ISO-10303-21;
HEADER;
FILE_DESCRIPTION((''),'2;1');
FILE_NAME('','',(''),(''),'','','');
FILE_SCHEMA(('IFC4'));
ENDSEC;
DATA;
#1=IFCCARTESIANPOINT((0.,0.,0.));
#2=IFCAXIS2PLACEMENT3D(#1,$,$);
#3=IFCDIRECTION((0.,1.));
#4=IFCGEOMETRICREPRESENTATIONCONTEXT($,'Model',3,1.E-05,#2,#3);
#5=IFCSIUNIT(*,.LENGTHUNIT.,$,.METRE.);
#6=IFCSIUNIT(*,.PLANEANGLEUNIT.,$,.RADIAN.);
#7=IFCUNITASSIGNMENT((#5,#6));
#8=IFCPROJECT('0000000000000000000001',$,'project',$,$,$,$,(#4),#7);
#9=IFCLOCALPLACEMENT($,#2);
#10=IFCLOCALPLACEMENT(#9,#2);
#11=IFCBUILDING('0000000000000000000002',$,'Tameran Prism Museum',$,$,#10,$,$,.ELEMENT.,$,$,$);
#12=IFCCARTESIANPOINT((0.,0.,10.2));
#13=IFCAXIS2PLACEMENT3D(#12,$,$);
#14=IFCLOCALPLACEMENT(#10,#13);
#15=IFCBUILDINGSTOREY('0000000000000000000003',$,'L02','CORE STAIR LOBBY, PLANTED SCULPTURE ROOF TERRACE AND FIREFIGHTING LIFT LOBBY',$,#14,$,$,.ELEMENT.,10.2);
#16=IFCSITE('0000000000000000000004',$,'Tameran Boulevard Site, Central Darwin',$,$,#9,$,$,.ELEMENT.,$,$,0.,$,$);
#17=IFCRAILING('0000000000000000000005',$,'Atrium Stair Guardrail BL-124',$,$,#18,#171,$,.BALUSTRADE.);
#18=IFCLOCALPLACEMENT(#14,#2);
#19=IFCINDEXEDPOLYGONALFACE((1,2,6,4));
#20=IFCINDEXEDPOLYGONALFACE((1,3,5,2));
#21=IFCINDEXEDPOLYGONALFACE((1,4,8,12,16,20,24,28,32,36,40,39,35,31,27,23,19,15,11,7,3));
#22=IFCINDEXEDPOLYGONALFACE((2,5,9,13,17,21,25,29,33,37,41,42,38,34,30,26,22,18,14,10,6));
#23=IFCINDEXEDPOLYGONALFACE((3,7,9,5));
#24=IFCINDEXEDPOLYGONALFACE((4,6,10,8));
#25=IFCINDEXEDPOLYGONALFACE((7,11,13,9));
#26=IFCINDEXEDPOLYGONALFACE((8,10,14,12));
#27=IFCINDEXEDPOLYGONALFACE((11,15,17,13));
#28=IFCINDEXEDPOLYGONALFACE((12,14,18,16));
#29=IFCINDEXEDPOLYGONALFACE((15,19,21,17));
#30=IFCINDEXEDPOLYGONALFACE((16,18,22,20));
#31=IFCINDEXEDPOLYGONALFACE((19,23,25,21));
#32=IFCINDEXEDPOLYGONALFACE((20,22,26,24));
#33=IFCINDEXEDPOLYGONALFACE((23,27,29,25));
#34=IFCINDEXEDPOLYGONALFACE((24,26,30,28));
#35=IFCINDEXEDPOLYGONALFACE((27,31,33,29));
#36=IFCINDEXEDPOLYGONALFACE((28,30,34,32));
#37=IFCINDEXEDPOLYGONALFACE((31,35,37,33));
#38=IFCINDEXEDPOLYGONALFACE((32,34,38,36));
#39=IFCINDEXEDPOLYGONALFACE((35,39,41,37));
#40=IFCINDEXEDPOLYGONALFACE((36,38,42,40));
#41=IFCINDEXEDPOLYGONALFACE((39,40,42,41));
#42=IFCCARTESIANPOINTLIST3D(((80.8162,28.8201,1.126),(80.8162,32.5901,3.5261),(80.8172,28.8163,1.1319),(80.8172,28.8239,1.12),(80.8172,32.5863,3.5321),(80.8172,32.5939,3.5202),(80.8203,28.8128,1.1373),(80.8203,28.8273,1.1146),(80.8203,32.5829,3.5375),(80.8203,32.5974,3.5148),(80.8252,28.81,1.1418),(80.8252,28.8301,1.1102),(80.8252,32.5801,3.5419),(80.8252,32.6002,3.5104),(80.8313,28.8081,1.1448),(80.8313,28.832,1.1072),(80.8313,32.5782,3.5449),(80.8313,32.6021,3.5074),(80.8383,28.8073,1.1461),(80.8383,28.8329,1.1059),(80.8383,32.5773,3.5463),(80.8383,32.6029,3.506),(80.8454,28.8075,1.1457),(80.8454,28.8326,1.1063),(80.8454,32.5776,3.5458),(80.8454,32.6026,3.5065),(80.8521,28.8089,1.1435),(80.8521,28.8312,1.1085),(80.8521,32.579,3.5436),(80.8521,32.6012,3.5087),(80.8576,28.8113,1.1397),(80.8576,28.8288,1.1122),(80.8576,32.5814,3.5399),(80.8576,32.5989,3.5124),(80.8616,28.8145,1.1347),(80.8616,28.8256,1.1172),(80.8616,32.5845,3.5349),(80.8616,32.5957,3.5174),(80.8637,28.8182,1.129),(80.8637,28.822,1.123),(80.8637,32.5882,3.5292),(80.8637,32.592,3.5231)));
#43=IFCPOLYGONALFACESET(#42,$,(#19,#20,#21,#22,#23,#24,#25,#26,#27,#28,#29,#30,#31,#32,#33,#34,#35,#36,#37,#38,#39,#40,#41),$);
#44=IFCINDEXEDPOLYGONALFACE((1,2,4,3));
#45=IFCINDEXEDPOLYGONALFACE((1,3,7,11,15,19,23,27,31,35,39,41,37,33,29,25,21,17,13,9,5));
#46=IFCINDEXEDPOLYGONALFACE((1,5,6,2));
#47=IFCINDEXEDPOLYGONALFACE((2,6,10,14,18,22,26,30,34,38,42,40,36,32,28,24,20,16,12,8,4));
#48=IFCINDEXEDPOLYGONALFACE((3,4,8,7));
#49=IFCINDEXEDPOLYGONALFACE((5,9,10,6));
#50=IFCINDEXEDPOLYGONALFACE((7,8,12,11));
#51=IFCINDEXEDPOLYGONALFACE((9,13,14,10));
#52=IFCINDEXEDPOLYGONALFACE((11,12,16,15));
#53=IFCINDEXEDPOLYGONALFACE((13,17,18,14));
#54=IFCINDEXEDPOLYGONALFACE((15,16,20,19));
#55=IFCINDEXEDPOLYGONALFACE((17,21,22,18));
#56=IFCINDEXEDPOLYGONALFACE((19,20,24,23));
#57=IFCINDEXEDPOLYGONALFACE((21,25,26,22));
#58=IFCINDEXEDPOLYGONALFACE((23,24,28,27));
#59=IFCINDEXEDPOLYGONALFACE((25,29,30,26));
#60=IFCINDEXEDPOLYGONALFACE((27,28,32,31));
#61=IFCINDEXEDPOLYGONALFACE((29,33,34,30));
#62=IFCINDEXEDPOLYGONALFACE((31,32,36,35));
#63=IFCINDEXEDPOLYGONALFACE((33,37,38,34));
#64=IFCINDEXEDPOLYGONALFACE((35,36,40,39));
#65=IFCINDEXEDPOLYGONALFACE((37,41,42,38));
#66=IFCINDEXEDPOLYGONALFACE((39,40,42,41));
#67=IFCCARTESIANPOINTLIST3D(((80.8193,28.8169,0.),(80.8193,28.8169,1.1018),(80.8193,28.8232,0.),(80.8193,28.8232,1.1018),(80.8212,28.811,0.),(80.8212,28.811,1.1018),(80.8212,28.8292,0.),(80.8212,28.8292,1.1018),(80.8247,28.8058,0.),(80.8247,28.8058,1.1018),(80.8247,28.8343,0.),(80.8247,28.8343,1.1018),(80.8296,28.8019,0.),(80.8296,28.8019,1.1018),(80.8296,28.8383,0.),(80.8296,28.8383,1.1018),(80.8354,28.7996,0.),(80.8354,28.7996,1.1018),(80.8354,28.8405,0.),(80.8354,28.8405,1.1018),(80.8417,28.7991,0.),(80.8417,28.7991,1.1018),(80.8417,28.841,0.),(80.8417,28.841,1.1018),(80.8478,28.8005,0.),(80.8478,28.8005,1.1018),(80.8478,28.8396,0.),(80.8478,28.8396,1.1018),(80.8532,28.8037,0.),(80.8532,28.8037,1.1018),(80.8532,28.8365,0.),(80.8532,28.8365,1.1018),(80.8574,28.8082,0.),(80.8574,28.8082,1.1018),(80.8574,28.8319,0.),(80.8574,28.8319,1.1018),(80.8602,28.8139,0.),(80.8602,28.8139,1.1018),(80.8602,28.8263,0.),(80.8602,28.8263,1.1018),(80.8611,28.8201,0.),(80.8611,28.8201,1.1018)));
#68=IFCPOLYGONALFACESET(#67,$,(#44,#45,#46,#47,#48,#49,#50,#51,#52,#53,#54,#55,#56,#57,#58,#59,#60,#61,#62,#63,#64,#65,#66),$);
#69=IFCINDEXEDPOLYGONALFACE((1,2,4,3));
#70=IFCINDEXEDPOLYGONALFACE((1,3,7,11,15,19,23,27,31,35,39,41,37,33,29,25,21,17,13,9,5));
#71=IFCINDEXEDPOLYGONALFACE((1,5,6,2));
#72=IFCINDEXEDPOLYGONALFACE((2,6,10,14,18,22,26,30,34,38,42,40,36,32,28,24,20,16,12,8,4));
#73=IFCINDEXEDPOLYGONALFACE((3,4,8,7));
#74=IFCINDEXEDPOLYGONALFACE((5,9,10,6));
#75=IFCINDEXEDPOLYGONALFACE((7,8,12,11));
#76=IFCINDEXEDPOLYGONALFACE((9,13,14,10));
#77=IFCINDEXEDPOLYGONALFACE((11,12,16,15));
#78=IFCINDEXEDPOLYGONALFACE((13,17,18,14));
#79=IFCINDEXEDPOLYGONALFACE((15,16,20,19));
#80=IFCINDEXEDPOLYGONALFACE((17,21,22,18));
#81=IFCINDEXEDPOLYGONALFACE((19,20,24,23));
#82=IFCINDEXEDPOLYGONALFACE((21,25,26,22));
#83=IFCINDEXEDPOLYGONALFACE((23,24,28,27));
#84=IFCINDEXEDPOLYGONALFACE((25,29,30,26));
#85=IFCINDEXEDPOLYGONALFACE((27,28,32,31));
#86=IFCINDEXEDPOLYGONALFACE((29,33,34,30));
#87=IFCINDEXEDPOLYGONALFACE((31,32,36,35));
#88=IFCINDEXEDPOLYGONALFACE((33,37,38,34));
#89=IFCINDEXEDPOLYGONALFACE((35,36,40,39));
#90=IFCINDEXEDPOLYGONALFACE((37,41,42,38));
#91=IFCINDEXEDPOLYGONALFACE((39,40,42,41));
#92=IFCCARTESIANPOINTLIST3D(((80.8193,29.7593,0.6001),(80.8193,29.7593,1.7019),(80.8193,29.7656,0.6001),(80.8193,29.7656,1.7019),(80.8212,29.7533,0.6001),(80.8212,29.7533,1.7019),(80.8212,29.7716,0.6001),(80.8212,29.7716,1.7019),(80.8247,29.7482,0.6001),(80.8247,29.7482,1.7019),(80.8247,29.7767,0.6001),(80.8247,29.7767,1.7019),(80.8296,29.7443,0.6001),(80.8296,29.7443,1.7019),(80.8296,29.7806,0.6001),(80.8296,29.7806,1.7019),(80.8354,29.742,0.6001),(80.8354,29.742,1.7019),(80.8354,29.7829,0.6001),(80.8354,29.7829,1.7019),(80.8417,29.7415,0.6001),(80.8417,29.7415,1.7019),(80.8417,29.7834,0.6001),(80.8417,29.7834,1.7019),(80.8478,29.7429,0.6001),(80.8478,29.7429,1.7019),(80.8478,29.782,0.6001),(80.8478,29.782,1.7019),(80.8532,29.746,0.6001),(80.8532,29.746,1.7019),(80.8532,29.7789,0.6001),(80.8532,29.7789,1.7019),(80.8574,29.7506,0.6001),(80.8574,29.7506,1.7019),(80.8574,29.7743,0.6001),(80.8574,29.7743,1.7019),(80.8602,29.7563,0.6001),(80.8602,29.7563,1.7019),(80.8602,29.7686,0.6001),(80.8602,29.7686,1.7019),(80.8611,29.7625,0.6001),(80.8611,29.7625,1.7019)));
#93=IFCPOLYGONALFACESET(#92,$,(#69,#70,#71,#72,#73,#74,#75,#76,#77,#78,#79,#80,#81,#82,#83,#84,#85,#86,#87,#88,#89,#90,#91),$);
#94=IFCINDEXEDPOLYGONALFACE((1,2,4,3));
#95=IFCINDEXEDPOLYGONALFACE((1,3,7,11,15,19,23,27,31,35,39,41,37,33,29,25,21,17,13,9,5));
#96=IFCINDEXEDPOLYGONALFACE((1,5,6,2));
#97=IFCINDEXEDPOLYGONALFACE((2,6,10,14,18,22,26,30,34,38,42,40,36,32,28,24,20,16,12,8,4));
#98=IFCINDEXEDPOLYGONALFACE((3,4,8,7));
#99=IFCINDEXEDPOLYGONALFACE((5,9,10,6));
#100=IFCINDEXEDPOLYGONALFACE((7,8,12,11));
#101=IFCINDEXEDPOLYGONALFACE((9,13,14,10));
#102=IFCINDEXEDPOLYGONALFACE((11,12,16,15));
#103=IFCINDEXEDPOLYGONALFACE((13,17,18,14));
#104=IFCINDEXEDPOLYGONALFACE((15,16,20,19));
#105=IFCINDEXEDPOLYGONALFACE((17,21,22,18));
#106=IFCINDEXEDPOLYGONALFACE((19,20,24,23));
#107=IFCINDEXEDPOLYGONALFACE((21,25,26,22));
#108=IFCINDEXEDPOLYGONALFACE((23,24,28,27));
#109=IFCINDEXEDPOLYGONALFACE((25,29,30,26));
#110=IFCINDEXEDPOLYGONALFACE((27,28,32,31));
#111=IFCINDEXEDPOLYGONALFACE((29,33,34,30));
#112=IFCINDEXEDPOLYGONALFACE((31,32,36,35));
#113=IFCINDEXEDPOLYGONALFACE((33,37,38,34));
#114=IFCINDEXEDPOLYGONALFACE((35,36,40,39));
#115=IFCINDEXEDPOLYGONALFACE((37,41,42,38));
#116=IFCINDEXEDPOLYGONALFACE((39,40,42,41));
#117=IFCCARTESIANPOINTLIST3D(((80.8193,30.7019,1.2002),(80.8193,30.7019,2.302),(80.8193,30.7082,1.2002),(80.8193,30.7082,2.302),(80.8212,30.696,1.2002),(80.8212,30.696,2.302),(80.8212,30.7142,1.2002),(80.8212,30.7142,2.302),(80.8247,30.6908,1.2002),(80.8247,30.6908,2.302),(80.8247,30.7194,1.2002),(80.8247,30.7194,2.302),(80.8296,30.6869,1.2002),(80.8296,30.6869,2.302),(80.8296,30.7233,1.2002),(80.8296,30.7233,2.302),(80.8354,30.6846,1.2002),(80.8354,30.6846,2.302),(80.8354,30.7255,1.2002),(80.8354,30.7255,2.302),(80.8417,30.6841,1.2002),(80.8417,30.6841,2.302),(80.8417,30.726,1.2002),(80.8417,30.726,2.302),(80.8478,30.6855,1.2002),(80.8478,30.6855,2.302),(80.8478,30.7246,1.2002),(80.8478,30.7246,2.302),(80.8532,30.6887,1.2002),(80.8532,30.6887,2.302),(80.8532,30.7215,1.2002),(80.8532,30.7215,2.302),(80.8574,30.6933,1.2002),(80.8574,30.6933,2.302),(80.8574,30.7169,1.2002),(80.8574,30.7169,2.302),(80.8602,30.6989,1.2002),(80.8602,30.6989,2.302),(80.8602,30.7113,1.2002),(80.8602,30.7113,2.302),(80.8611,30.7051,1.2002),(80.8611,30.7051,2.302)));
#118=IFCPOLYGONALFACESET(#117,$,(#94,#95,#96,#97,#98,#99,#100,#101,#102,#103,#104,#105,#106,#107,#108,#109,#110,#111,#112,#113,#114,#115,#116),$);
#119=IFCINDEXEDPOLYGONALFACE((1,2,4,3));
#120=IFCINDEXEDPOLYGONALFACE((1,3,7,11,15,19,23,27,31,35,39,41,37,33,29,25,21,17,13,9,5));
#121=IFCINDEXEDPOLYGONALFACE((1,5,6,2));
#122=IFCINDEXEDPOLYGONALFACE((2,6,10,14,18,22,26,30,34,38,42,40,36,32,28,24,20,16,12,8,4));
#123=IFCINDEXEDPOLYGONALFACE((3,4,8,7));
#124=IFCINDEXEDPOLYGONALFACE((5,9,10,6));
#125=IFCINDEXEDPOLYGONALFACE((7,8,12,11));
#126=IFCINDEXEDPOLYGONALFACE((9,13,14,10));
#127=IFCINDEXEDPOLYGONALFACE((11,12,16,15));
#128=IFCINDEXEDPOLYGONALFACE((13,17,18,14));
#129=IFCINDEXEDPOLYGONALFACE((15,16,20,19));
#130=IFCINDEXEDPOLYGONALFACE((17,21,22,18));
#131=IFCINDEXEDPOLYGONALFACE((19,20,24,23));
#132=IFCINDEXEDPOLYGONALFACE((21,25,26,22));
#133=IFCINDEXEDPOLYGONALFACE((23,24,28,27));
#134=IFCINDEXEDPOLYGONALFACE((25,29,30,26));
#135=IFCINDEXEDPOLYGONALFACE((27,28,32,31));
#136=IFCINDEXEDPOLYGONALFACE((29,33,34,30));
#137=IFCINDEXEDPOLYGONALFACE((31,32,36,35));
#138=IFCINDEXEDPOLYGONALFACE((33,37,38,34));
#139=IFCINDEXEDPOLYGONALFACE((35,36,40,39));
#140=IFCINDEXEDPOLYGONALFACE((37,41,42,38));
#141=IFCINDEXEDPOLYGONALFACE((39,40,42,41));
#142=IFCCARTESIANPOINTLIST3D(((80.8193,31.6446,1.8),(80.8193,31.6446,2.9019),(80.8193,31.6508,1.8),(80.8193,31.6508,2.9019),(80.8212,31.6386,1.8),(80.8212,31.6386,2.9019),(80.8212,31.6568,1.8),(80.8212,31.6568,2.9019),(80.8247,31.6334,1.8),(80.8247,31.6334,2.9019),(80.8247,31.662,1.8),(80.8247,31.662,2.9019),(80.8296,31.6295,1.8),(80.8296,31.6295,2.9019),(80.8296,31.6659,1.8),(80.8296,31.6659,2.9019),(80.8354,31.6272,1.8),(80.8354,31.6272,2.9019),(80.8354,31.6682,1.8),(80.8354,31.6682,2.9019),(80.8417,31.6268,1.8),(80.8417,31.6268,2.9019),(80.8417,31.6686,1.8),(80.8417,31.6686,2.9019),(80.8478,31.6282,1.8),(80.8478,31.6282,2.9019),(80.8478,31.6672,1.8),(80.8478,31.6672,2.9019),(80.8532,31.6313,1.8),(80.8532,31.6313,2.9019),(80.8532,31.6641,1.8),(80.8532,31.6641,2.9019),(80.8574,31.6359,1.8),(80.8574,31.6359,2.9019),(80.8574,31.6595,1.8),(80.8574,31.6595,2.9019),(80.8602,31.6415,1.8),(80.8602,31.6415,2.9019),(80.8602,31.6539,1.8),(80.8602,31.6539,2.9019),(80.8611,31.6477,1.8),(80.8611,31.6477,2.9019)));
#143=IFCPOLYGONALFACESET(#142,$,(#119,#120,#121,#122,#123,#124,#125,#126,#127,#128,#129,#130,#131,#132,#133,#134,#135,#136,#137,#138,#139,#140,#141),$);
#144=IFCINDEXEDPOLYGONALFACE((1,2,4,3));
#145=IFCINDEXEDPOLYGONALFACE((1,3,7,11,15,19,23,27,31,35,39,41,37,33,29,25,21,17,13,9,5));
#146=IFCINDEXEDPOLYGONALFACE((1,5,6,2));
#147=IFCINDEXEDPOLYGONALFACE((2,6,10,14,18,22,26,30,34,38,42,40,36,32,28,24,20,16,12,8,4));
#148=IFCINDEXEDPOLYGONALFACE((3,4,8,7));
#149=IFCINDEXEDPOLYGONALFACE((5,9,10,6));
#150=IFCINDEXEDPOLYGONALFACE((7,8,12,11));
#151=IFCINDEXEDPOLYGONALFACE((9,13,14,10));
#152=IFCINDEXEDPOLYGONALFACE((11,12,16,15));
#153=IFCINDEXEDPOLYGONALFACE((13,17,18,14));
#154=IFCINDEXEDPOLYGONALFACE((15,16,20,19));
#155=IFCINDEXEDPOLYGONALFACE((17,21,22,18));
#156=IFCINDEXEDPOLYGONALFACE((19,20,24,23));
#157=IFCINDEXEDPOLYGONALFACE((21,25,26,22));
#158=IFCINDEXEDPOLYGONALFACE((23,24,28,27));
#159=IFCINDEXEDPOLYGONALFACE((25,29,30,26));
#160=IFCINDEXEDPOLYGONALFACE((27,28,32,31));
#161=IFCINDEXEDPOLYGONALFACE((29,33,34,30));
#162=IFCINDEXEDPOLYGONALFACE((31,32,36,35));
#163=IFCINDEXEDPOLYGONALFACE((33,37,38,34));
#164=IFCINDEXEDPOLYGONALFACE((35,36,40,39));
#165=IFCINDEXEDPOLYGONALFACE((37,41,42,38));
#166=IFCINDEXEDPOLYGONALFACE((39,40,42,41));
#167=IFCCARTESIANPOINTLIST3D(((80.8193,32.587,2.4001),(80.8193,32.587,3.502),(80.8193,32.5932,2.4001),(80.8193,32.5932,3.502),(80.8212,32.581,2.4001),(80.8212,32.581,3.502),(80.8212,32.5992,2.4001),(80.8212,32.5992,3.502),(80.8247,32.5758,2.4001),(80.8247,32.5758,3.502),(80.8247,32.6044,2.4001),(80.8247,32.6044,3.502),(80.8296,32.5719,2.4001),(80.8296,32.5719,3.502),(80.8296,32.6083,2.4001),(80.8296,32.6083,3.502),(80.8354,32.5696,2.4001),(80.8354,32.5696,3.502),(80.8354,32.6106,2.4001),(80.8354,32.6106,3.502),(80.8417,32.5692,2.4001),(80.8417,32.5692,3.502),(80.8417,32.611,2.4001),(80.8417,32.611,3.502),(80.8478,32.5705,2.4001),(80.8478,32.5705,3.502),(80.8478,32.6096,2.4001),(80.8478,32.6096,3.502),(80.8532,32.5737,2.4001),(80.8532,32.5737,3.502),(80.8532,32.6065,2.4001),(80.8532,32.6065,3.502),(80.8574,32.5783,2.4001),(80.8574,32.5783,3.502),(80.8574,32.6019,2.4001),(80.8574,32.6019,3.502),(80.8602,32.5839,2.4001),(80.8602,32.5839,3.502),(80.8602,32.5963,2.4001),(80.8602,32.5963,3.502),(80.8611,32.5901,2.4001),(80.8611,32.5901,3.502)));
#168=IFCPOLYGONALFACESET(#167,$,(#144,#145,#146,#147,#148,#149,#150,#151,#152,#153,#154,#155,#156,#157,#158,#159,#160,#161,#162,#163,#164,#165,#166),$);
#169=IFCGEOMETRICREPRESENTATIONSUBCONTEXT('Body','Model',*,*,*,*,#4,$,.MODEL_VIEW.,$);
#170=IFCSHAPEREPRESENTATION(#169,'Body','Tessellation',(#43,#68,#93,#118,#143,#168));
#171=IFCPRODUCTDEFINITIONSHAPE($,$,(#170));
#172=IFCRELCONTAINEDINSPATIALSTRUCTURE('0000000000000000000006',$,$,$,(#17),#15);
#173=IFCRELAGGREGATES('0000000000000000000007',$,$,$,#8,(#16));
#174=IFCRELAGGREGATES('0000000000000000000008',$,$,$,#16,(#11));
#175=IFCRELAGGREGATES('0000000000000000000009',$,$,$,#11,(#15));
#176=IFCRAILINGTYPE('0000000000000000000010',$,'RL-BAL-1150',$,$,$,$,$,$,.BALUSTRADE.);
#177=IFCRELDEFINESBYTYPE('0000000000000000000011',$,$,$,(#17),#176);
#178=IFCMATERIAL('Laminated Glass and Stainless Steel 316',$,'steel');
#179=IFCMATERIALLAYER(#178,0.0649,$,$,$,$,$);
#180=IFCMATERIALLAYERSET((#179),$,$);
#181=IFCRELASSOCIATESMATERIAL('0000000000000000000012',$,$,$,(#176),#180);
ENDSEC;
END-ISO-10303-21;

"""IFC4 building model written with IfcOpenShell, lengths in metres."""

from ifc_helpers import new_model, si_unit, direction, frame, origin, origin_2d, place, context, subcontext, project, spatial, circle, extrude, material, layer, layer_set, type_object, element, save


model = new_model("IFC4")

# Units and contexts
model_context = context("Model", 3, precision=1e-05, world=origin(), true_north=direction((0.0, 1.0)))
body_context = subcontext(model_context, "Body", "Model", "MODEL_VIEW")
ifc_project = project(units=[si_unit("LENGTHUNIT", "METRE"), si_unit("PLANEANGLEUNIT", "RADIAN")], contexts=[model_context])

# Site, building, storey
site_placement = place(None, origin())
site = spatial("IfcSite", under=ifc_project, at=site_placement, Name="Tameran Boulevard Site, Central Darwin", CompositionType="ELEMENT", RefElevation=0.0)
building_placement = place(site_placement, origin())
building = spatial("IfcBuilding", under=site, at=building_placement, Name="Tameran Prism Museum", CompositionType="ELEMENT")
storey_placement = place(building_placement, frame((0.0, 0.0, 10.2)))
storey = spatial("IfcBuildingStorey", under=building, at=storey_placement, Name="L02", Description="CORE STAIR LOBBY, PLANTED SCULPTURE ROOF TERRACE AND FIREFIGHTING LIFT LOBBY", CompositionType="ELEMENT", Elevation=10.2)

# Railing
ifc_material_1 = material(Name="Laminated Glass and Stainless Steel 316", Category="steel")
ifc_layer_1 = layer(ifc_material_1, 0.0649)
ifc_layer_set_1 = layer_set([ifc_layer_1])
railing_type = type_object("IfcRailingType", Name="RL-BAL-1150", PredefinedType="BALUSTRADE", material=ifc_layer_set_1)
for number, where, name in (
    (1, (80.8401, 28.8201, 0.0), "Atrium Stair Guardrail BL-124"),
):
    element("IfcRailing", number, at=place(storey_placement, frame(where)), inside=storey, type_object=railing_type, Name=name, PredefinedType="BALUSTRADE", context=body_context, shape_type="SweptSolid", body=[
        extrude(circle(Radius=0.0239, at=origin_2d()), frame((0.0, 0.0, 1.126), z_axis=(0.0, 0.843556, 0.537042), x_axis=(-1.0, 0.0, 0.0)), (0.0, 0.0, 1.0), 4.4692),
        extrude(circle(Radius=0.021, at=origin_2d()), origin(), (0.0, 0.0, 1.0), 1.1018),
        extrude(circle(Radius=0.021, at=origin_2d()), frame((0.0, 0.9424, 0.6001)), (0.0, 0.0, 1.0), 1.1018),
        extrude(circle(Radius=0.021, at=origin_2d()), frame((0.0, 1.885, 1.2002)), (0.0, 0.0, 1.0), 1.1018),
        extrude(circle(Radius=0.021, at=origin_2d()), frame((0.0, 2.8276, 1.8)), (0.0, 0.0, 1.0), 1.1018),
        extrude(circle(Radius=0.021, at=origin_2d()), frame((0.0, 3.77, 2.4001)), (0.0, 0.0, 1.0), 1.1018),
    ])

save(model, "model.ifc")
